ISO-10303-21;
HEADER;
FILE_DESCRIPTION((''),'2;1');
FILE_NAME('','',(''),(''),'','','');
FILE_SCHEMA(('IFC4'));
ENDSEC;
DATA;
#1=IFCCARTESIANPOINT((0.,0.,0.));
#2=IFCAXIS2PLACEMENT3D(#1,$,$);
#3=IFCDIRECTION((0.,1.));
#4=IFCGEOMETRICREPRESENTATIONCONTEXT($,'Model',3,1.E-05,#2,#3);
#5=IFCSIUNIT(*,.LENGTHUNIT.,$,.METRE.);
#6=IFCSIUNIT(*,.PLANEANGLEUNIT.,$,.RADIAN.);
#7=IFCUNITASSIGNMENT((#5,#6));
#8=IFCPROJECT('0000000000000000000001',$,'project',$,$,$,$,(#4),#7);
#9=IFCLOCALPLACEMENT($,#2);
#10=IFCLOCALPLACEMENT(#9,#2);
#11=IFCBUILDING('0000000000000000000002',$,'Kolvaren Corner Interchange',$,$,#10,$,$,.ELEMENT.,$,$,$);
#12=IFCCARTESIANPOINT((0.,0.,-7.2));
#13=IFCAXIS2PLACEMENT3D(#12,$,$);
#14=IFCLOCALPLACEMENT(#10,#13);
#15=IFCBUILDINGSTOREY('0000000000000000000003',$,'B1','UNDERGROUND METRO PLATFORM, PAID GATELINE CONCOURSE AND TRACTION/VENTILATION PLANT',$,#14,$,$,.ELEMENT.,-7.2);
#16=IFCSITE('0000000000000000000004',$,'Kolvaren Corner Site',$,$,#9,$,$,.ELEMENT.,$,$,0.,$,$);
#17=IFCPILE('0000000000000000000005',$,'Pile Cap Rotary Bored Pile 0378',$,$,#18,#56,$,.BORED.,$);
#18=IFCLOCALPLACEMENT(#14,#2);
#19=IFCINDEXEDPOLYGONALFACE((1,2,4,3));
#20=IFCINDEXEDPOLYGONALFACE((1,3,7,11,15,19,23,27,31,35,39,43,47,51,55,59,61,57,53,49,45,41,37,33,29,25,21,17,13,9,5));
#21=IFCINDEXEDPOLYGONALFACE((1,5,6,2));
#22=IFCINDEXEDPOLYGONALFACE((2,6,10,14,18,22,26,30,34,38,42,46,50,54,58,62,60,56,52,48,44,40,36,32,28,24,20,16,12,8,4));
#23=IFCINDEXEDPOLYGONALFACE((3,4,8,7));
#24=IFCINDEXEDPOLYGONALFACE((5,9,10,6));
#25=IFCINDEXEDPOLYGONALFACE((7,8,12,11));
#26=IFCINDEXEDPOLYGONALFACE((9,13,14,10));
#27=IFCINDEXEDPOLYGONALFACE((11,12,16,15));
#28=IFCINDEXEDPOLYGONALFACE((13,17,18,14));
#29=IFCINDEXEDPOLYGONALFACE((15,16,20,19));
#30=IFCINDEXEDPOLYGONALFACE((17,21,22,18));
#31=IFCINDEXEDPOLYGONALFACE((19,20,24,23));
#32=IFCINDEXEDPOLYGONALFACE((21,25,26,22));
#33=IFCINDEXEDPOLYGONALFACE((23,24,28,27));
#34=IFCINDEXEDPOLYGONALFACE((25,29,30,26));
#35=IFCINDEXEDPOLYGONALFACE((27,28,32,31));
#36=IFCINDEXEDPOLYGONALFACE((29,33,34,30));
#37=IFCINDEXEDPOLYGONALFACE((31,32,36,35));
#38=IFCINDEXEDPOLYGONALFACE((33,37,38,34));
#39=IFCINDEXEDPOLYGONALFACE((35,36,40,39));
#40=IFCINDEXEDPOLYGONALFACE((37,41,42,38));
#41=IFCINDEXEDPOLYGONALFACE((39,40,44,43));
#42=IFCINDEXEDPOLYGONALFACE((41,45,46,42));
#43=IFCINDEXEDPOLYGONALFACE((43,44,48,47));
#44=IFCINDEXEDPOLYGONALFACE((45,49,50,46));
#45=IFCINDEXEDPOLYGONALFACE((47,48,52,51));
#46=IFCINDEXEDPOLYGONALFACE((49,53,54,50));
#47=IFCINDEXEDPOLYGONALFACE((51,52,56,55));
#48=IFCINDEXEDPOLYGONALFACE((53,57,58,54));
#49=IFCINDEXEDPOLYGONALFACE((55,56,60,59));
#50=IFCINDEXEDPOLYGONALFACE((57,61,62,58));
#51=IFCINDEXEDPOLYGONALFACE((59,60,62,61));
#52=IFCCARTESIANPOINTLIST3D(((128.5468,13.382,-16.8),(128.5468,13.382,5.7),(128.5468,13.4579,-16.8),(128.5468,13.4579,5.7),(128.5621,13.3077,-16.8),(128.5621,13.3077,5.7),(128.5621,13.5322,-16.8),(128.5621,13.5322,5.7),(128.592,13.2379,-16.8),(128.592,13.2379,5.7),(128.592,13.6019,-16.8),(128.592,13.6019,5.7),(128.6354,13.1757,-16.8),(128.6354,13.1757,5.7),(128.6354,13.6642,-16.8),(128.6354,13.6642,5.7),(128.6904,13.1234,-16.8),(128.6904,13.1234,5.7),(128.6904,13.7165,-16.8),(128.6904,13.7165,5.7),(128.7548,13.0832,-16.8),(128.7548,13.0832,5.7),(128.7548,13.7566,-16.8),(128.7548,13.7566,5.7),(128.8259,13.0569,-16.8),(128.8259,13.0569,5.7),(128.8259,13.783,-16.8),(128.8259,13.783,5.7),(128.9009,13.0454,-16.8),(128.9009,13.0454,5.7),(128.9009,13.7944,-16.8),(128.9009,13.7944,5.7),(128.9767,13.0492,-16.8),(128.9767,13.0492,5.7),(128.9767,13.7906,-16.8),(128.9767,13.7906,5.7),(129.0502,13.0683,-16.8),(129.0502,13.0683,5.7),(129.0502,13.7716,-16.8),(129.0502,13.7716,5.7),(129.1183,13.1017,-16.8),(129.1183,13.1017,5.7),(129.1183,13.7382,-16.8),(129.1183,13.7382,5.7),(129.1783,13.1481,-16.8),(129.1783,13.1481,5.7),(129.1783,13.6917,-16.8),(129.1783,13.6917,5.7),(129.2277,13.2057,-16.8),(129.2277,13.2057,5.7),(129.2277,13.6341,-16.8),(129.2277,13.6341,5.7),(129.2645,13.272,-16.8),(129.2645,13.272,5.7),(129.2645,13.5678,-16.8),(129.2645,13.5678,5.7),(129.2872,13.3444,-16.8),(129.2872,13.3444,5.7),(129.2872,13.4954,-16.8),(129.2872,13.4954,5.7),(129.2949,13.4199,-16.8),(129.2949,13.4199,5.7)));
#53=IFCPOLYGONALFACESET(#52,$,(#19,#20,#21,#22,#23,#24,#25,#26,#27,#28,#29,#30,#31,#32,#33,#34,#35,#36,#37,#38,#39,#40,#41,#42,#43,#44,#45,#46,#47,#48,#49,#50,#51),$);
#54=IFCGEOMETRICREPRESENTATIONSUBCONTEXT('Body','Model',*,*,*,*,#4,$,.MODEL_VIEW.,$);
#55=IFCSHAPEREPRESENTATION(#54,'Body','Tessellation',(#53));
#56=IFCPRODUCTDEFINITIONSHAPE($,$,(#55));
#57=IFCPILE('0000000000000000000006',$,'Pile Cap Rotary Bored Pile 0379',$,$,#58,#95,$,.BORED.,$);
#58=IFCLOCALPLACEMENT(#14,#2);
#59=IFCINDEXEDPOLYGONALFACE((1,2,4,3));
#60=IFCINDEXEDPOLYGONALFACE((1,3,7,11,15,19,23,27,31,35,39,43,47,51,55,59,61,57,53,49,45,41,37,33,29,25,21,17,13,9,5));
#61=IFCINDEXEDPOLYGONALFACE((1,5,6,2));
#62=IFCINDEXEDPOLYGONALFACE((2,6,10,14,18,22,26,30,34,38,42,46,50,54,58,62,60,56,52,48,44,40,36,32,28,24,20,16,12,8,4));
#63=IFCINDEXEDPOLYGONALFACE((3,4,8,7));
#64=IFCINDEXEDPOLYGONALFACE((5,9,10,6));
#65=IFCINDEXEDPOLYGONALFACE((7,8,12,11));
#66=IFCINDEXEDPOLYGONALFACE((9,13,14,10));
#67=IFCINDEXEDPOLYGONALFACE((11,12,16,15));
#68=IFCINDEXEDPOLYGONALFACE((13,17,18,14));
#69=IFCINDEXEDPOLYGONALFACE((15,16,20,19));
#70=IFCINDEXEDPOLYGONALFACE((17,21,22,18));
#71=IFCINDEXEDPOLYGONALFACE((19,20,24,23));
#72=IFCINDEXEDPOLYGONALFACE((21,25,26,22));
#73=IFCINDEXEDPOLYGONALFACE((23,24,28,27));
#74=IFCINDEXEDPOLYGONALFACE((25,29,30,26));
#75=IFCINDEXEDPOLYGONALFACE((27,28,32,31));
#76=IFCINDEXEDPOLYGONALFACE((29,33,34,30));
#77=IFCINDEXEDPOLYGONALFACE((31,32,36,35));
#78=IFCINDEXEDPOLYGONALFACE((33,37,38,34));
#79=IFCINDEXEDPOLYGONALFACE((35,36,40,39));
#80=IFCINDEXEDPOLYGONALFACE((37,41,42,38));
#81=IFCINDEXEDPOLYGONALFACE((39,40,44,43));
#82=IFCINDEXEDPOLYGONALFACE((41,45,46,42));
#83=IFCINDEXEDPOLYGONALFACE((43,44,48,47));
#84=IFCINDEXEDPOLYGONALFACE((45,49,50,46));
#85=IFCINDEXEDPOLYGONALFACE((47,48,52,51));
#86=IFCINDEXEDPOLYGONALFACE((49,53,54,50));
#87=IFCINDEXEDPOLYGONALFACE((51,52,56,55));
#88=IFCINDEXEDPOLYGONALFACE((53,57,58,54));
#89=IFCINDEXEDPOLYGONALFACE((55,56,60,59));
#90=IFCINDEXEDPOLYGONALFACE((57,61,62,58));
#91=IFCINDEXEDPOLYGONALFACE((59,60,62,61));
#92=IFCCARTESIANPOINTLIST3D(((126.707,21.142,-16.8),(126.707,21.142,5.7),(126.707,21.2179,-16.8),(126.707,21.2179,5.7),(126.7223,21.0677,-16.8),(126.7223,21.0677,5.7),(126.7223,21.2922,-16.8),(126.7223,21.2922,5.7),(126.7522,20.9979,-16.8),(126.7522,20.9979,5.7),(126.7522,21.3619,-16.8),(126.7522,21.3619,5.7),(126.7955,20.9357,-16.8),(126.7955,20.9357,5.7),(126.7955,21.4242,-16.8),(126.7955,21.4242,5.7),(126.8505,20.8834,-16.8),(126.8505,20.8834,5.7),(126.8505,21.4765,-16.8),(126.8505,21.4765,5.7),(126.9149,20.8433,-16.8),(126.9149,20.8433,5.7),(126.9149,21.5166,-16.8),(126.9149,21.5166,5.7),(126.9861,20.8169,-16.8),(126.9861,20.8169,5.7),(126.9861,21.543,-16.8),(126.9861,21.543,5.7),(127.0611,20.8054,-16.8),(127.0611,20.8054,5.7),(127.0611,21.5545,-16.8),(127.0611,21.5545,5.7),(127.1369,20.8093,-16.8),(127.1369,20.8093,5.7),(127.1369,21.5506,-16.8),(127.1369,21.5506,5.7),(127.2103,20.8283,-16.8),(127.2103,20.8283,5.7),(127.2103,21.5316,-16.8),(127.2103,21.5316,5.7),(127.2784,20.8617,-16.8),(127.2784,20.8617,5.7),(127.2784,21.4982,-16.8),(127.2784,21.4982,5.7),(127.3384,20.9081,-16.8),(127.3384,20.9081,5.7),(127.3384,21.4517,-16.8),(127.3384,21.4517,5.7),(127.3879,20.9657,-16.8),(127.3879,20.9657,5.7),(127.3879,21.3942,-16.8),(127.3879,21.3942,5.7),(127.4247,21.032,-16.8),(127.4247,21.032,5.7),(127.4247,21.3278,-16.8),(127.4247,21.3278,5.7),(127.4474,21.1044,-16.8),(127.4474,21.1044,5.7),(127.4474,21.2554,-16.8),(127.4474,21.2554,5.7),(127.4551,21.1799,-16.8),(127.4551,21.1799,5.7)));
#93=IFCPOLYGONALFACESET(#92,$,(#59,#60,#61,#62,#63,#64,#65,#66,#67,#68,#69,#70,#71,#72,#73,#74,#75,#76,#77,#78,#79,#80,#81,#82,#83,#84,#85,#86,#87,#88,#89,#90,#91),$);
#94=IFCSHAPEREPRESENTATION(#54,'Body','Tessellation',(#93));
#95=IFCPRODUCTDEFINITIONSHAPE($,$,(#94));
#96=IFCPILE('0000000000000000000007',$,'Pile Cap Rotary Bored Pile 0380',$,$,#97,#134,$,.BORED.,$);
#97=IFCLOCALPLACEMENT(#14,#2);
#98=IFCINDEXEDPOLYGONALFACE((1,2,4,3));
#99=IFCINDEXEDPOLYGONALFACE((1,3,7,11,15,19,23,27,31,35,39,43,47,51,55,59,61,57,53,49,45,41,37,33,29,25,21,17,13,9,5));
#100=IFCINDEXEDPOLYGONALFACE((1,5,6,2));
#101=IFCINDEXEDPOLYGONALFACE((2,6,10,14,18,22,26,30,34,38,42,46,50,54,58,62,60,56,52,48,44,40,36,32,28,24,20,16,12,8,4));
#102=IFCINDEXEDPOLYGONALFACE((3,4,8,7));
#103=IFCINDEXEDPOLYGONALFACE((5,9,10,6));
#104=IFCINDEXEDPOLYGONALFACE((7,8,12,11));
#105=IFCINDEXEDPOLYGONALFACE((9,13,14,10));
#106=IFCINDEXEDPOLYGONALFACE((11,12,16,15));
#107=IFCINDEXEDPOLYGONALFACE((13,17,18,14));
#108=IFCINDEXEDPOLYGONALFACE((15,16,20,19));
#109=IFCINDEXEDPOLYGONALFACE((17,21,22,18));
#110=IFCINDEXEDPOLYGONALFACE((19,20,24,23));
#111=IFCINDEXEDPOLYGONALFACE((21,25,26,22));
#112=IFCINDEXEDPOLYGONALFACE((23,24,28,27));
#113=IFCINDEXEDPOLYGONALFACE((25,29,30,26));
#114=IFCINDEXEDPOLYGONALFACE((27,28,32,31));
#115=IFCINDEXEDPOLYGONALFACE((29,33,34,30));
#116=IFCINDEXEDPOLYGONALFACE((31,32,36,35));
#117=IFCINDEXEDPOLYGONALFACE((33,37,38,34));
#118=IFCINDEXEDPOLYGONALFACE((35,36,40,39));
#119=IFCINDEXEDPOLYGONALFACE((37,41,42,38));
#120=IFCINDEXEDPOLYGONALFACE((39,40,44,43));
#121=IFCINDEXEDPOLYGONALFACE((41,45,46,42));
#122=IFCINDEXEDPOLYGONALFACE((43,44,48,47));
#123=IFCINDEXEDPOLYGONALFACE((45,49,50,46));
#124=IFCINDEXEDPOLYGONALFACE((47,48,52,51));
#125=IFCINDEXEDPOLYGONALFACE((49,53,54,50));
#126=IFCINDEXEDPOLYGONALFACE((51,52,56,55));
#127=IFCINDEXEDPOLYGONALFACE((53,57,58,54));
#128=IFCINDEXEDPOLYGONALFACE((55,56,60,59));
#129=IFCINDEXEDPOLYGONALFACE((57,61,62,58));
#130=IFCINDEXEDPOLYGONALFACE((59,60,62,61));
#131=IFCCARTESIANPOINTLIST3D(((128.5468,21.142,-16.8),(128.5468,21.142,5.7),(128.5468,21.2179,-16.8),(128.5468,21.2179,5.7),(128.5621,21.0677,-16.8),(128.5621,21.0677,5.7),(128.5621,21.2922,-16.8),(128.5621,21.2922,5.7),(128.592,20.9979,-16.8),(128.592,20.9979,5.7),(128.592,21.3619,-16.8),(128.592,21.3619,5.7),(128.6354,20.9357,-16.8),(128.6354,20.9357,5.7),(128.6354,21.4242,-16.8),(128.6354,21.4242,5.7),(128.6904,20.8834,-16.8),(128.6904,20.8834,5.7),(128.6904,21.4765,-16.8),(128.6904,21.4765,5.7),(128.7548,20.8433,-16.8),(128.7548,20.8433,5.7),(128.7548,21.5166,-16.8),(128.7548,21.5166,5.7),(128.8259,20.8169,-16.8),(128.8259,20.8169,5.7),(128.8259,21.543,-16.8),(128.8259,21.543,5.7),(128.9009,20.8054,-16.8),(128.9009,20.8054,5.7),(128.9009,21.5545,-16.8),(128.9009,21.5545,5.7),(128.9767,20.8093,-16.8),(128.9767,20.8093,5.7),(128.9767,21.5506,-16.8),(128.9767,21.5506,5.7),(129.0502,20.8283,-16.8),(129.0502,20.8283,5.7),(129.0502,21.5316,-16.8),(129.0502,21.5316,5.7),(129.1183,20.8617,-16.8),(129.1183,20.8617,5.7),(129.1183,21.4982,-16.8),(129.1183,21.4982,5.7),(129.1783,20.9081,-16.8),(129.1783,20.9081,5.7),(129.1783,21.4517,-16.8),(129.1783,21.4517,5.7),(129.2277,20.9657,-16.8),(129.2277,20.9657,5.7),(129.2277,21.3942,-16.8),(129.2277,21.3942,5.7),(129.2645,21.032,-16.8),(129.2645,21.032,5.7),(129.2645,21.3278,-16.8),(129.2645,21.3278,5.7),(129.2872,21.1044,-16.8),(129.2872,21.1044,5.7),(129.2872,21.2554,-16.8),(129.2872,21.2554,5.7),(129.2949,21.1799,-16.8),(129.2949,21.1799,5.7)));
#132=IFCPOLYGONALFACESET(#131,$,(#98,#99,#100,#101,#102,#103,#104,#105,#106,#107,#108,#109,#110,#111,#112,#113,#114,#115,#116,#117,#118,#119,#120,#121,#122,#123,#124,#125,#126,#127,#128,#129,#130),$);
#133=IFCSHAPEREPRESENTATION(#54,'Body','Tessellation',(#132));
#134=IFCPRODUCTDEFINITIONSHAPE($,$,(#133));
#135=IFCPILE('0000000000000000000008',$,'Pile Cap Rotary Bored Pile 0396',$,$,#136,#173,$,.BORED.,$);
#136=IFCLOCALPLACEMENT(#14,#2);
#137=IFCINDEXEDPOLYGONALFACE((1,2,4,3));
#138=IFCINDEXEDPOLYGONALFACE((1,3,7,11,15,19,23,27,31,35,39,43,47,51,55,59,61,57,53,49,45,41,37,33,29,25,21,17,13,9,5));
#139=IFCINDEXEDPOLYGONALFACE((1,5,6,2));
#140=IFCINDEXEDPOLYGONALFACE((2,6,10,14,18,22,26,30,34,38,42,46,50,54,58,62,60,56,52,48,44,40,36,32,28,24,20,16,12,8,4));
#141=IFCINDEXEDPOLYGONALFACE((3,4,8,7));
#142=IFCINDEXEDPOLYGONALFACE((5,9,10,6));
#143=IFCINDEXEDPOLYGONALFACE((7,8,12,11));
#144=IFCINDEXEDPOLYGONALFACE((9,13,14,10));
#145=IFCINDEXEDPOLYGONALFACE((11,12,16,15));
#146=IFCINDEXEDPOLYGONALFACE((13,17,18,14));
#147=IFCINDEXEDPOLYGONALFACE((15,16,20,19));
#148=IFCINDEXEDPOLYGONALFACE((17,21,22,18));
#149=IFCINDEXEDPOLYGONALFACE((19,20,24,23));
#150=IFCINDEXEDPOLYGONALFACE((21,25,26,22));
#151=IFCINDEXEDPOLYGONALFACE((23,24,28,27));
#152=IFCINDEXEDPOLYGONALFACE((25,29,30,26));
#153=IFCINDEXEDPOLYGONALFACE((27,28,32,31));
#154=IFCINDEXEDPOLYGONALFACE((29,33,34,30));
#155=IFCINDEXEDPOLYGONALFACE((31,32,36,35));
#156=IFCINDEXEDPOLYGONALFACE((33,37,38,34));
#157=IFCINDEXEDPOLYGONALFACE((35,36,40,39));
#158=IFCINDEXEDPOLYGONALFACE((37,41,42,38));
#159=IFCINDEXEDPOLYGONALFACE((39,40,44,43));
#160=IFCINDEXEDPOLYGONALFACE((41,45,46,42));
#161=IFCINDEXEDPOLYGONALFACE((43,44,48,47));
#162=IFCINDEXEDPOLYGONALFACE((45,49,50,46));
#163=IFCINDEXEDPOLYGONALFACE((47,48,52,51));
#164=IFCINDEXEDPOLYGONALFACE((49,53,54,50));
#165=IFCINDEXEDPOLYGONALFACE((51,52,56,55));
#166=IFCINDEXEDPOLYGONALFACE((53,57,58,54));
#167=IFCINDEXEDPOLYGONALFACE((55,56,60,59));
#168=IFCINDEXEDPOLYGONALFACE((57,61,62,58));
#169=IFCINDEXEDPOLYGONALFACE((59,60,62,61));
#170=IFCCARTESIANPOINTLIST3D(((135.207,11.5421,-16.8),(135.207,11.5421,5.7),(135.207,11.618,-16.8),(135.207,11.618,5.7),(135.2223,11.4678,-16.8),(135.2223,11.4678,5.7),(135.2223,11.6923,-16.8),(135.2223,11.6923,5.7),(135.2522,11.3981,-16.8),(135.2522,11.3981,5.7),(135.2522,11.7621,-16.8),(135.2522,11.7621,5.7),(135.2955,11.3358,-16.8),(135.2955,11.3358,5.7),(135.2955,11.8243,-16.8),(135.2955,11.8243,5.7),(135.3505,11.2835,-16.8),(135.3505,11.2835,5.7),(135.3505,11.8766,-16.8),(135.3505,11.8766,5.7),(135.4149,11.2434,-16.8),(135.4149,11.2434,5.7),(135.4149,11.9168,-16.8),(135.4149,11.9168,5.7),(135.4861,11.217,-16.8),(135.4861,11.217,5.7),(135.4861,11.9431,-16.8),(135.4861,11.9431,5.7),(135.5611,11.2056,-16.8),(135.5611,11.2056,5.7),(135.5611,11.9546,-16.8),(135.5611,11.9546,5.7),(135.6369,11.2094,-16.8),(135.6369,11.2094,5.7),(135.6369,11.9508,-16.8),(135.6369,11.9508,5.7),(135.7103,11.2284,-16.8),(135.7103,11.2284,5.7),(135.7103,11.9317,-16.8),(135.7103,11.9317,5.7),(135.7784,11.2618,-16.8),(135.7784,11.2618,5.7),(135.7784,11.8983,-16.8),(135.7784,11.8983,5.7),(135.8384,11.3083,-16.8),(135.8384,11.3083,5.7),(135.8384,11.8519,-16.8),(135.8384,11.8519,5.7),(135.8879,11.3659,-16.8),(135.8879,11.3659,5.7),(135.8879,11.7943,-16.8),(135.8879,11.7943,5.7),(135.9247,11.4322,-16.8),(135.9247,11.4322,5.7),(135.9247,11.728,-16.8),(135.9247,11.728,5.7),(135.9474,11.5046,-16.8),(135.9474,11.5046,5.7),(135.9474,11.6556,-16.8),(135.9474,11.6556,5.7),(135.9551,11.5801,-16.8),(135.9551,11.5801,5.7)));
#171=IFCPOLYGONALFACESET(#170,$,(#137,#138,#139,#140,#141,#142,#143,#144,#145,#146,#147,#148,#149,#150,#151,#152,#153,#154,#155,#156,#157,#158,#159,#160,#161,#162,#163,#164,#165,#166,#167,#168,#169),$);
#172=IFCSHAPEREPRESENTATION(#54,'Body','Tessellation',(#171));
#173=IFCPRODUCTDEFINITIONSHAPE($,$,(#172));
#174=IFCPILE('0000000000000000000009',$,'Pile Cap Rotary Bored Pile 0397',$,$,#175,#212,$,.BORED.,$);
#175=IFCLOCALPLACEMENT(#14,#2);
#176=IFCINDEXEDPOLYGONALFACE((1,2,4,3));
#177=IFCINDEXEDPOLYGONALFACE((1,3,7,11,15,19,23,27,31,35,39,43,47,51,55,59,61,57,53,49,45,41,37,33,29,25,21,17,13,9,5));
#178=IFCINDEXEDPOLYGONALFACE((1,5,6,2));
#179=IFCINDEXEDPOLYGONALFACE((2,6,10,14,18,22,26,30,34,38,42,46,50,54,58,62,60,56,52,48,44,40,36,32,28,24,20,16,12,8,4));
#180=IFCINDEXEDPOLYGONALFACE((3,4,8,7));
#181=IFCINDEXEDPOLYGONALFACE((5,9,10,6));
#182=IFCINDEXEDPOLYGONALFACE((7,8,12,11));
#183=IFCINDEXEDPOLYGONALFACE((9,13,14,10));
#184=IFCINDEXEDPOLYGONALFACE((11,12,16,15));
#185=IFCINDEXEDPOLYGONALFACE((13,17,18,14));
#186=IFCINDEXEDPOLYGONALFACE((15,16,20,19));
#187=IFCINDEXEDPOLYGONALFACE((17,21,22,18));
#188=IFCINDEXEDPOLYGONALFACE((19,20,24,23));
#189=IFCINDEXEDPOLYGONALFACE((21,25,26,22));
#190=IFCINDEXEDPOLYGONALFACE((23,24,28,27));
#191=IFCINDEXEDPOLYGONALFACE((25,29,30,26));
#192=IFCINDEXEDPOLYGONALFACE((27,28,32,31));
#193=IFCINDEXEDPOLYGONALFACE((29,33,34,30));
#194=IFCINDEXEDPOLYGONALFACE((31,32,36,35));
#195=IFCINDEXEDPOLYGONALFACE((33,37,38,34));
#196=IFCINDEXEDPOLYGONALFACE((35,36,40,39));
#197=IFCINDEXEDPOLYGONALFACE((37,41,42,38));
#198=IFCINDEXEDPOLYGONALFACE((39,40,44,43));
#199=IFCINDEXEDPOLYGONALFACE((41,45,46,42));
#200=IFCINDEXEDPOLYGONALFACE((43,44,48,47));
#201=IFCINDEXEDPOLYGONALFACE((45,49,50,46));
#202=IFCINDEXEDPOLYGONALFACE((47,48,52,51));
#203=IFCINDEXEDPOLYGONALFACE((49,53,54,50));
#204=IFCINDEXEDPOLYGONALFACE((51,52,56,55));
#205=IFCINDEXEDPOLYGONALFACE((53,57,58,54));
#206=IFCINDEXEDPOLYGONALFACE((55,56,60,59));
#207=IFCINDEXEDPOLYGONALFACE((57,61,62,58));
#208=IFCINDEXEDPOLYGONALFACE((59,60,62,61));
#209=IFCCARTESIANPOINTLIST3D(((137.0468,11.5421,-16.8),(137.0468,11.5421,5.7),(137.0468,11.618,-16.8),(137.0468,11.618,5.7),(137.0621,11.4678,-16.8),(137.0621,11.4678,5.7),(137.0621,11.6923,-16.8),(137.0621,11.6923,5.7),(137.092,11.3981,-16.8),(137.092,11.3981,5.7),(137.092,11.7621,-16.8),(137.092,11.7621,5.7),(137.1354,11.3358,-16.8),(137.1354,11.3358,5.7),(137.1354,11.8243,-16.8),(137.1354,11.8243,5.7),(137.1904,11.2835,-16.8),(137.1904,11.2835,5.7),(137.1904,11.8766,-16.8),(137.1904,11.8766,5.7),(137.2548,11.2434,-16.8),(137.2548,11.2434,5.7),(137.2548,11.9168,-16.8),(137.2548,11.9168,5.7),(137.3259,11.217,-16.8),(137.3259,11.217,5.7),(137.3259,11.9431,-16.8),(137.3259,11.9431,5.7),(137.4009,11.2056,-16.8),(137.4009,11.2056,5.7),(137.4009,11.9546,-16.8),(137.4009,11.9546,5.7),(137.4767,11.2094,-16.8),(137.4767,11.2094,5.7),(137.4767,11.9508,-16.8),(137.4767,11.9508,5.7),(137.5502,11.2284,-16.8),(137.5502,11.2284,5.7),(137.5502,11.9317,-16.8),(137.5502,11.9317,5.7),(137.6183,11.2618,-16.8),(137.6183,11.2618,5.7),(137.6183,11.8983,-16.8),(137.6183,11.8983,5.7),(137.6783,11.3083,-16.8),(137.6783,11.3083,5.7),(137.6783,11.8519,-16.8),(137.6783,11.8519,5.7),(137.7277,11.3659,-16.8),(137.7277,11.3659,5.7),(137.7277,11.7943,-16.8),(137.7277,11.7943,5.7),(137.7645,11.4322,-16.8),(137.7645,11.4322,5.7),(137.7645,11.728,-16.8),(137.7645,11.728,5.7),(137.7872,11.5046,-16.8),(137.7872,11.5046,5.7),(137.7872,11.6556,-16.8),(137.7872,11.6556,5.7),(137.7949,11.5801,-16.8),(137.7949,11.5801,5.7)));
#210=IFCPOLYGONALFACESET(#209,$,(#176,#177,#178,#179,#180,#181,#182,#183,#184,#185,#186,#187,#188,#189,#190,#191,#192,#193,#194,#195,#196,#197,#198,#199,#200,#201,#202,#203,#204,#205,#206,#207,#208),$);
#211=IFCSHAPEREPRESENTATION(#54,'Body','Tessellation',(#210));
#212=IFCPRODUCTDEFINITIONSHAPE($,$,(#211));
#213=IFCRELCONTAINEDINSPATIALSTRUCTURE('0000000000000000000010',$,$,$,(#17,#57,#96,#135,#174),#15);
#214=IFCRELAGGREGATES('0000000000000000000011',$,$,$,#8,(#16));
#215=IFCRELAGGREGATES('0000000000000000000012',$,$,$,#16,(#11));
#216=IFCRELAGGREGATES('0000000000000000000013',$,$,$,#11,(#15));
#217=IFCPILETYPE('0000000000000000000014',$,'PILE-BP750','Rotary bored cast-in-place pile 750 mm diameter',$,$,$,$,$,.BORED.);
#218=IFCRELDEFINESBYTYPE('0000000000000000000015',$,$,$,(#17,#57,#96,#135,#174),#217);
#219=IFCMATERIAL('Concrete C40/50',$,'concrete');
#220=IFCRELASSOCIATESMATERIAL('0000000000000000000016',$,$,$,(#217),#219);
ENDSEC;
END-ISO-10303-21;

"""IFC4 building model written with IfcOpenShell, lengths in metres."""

from ifc_helpers import new_model, si_unit, direction, frame, origin, origin_2d, place, context, subcontext, project, spatial, circle, extrude, material, material_profile, profile_set, type_object, element, save


model = new_model("IFC4")

# Units and contexts
model_context = context("Model", 3, precision=1e-05, world=origin(), true_north=direction((0.0, 1.0)))
body_context = subcontext(model_context, "Body", "Model", "MODEL_VIEW")
ifc_project = project(units=[si_unit("LENGTHUNIT", "METRE"), si_unit("PLANEANGLEUNIT", "RADIAN")], contexts=[model_context])

# Site, building, storey
site_placement = place(None, origin())
site = spatial("IfcSite", under=ifc_project, at=site_placement, Name="Kolvaren Corner Site", CompositionType="ELEMENT", RefElevation=0.0)
building_placement = place(site_placement, origin())
building = spatial("IfcBuilding", under=site, at=building_placement, Name="Kolvaren Corner Interchange", CompositionType="ELEMENT")
storey_placement = place(building_placement, frame((0.0, 0.0, -7.2)))
storey = spatial("IfcBuildingStorey", under=building, at=storey_placement, Name="B1", Description="UNDERGROUND METRO PLATFORM, PAID GATELINE CONCOURSE AND TRACTION/VENTILATION PLANT", CompositionType="ELEMENT", Elevation=-7.2)

# Piles
ifc_material_1 = material(Name="Concrete C40/50", Category="concrete")
ifc_material_profile_1 = material_profile(ifc_material_1, circle(Radius=0.375, at=origin_2d()), Name="BORED PILE 750")
ifc_profile_set_1 = profile_set([ifc_material_profile_1], Name="Concrete C40/50")
pile_type_1 = type_object("IfcPileType", Name="PILE-BP750", Description="Rotary bored cast-in-place pile 750 mm diameter", PredefinedType="BORED", material=ifc_profile_set_1)
for number, where, z_axis, x_axis, name in (
    (1, (128.9199, 13.4199, 5.7), (0.0, 0.0, -1.0), (1.0, 0.0, 0.0), "Pile Cap Rotary Bored Pile 0378"),
    (2, (127.0801, 21.1799, 5.7), (0.0, 0.0, -1.0), (1.0, 0.0, 0.0), "Pile Cap Rotary Bored Pile 0379"),
    (3, (128.9199, 21.1799, 5.7), (0.0, 0.0, -1.0), (1.0, 0.0, 0.0), "Pile Cap Rotary Bored Pile 0380"),
    (4, (135.5801, 11.5801, 5.7), (0.0, 0.0, -1.0), (1.0, 0.0, 0.0), "Pile Cap Rotary Bored Pile 0396"),
    (5, (137.4199, 11.5801, 5.7), (0.0, 0.0, -1.0), (1.0, 0.0, 0.0), "Pile Cap Rotary Bored Pile 0397"),
):
    element("IfcPile", number, at=place(storey_placement, frame(where, z_axis=z_axis, x_axis=x_axis)), inside=storey, type_object=pile_type_1, Name=name, PredefinedType="BORED", context=body_context, shape_type="SweptSolid", body=[
        extrude(circle(Radius=0.375, at=origin_2d()), origin(), (0.0, 0.0, 1.0), 22.5),
    ])

save(model, "model.ifc")
